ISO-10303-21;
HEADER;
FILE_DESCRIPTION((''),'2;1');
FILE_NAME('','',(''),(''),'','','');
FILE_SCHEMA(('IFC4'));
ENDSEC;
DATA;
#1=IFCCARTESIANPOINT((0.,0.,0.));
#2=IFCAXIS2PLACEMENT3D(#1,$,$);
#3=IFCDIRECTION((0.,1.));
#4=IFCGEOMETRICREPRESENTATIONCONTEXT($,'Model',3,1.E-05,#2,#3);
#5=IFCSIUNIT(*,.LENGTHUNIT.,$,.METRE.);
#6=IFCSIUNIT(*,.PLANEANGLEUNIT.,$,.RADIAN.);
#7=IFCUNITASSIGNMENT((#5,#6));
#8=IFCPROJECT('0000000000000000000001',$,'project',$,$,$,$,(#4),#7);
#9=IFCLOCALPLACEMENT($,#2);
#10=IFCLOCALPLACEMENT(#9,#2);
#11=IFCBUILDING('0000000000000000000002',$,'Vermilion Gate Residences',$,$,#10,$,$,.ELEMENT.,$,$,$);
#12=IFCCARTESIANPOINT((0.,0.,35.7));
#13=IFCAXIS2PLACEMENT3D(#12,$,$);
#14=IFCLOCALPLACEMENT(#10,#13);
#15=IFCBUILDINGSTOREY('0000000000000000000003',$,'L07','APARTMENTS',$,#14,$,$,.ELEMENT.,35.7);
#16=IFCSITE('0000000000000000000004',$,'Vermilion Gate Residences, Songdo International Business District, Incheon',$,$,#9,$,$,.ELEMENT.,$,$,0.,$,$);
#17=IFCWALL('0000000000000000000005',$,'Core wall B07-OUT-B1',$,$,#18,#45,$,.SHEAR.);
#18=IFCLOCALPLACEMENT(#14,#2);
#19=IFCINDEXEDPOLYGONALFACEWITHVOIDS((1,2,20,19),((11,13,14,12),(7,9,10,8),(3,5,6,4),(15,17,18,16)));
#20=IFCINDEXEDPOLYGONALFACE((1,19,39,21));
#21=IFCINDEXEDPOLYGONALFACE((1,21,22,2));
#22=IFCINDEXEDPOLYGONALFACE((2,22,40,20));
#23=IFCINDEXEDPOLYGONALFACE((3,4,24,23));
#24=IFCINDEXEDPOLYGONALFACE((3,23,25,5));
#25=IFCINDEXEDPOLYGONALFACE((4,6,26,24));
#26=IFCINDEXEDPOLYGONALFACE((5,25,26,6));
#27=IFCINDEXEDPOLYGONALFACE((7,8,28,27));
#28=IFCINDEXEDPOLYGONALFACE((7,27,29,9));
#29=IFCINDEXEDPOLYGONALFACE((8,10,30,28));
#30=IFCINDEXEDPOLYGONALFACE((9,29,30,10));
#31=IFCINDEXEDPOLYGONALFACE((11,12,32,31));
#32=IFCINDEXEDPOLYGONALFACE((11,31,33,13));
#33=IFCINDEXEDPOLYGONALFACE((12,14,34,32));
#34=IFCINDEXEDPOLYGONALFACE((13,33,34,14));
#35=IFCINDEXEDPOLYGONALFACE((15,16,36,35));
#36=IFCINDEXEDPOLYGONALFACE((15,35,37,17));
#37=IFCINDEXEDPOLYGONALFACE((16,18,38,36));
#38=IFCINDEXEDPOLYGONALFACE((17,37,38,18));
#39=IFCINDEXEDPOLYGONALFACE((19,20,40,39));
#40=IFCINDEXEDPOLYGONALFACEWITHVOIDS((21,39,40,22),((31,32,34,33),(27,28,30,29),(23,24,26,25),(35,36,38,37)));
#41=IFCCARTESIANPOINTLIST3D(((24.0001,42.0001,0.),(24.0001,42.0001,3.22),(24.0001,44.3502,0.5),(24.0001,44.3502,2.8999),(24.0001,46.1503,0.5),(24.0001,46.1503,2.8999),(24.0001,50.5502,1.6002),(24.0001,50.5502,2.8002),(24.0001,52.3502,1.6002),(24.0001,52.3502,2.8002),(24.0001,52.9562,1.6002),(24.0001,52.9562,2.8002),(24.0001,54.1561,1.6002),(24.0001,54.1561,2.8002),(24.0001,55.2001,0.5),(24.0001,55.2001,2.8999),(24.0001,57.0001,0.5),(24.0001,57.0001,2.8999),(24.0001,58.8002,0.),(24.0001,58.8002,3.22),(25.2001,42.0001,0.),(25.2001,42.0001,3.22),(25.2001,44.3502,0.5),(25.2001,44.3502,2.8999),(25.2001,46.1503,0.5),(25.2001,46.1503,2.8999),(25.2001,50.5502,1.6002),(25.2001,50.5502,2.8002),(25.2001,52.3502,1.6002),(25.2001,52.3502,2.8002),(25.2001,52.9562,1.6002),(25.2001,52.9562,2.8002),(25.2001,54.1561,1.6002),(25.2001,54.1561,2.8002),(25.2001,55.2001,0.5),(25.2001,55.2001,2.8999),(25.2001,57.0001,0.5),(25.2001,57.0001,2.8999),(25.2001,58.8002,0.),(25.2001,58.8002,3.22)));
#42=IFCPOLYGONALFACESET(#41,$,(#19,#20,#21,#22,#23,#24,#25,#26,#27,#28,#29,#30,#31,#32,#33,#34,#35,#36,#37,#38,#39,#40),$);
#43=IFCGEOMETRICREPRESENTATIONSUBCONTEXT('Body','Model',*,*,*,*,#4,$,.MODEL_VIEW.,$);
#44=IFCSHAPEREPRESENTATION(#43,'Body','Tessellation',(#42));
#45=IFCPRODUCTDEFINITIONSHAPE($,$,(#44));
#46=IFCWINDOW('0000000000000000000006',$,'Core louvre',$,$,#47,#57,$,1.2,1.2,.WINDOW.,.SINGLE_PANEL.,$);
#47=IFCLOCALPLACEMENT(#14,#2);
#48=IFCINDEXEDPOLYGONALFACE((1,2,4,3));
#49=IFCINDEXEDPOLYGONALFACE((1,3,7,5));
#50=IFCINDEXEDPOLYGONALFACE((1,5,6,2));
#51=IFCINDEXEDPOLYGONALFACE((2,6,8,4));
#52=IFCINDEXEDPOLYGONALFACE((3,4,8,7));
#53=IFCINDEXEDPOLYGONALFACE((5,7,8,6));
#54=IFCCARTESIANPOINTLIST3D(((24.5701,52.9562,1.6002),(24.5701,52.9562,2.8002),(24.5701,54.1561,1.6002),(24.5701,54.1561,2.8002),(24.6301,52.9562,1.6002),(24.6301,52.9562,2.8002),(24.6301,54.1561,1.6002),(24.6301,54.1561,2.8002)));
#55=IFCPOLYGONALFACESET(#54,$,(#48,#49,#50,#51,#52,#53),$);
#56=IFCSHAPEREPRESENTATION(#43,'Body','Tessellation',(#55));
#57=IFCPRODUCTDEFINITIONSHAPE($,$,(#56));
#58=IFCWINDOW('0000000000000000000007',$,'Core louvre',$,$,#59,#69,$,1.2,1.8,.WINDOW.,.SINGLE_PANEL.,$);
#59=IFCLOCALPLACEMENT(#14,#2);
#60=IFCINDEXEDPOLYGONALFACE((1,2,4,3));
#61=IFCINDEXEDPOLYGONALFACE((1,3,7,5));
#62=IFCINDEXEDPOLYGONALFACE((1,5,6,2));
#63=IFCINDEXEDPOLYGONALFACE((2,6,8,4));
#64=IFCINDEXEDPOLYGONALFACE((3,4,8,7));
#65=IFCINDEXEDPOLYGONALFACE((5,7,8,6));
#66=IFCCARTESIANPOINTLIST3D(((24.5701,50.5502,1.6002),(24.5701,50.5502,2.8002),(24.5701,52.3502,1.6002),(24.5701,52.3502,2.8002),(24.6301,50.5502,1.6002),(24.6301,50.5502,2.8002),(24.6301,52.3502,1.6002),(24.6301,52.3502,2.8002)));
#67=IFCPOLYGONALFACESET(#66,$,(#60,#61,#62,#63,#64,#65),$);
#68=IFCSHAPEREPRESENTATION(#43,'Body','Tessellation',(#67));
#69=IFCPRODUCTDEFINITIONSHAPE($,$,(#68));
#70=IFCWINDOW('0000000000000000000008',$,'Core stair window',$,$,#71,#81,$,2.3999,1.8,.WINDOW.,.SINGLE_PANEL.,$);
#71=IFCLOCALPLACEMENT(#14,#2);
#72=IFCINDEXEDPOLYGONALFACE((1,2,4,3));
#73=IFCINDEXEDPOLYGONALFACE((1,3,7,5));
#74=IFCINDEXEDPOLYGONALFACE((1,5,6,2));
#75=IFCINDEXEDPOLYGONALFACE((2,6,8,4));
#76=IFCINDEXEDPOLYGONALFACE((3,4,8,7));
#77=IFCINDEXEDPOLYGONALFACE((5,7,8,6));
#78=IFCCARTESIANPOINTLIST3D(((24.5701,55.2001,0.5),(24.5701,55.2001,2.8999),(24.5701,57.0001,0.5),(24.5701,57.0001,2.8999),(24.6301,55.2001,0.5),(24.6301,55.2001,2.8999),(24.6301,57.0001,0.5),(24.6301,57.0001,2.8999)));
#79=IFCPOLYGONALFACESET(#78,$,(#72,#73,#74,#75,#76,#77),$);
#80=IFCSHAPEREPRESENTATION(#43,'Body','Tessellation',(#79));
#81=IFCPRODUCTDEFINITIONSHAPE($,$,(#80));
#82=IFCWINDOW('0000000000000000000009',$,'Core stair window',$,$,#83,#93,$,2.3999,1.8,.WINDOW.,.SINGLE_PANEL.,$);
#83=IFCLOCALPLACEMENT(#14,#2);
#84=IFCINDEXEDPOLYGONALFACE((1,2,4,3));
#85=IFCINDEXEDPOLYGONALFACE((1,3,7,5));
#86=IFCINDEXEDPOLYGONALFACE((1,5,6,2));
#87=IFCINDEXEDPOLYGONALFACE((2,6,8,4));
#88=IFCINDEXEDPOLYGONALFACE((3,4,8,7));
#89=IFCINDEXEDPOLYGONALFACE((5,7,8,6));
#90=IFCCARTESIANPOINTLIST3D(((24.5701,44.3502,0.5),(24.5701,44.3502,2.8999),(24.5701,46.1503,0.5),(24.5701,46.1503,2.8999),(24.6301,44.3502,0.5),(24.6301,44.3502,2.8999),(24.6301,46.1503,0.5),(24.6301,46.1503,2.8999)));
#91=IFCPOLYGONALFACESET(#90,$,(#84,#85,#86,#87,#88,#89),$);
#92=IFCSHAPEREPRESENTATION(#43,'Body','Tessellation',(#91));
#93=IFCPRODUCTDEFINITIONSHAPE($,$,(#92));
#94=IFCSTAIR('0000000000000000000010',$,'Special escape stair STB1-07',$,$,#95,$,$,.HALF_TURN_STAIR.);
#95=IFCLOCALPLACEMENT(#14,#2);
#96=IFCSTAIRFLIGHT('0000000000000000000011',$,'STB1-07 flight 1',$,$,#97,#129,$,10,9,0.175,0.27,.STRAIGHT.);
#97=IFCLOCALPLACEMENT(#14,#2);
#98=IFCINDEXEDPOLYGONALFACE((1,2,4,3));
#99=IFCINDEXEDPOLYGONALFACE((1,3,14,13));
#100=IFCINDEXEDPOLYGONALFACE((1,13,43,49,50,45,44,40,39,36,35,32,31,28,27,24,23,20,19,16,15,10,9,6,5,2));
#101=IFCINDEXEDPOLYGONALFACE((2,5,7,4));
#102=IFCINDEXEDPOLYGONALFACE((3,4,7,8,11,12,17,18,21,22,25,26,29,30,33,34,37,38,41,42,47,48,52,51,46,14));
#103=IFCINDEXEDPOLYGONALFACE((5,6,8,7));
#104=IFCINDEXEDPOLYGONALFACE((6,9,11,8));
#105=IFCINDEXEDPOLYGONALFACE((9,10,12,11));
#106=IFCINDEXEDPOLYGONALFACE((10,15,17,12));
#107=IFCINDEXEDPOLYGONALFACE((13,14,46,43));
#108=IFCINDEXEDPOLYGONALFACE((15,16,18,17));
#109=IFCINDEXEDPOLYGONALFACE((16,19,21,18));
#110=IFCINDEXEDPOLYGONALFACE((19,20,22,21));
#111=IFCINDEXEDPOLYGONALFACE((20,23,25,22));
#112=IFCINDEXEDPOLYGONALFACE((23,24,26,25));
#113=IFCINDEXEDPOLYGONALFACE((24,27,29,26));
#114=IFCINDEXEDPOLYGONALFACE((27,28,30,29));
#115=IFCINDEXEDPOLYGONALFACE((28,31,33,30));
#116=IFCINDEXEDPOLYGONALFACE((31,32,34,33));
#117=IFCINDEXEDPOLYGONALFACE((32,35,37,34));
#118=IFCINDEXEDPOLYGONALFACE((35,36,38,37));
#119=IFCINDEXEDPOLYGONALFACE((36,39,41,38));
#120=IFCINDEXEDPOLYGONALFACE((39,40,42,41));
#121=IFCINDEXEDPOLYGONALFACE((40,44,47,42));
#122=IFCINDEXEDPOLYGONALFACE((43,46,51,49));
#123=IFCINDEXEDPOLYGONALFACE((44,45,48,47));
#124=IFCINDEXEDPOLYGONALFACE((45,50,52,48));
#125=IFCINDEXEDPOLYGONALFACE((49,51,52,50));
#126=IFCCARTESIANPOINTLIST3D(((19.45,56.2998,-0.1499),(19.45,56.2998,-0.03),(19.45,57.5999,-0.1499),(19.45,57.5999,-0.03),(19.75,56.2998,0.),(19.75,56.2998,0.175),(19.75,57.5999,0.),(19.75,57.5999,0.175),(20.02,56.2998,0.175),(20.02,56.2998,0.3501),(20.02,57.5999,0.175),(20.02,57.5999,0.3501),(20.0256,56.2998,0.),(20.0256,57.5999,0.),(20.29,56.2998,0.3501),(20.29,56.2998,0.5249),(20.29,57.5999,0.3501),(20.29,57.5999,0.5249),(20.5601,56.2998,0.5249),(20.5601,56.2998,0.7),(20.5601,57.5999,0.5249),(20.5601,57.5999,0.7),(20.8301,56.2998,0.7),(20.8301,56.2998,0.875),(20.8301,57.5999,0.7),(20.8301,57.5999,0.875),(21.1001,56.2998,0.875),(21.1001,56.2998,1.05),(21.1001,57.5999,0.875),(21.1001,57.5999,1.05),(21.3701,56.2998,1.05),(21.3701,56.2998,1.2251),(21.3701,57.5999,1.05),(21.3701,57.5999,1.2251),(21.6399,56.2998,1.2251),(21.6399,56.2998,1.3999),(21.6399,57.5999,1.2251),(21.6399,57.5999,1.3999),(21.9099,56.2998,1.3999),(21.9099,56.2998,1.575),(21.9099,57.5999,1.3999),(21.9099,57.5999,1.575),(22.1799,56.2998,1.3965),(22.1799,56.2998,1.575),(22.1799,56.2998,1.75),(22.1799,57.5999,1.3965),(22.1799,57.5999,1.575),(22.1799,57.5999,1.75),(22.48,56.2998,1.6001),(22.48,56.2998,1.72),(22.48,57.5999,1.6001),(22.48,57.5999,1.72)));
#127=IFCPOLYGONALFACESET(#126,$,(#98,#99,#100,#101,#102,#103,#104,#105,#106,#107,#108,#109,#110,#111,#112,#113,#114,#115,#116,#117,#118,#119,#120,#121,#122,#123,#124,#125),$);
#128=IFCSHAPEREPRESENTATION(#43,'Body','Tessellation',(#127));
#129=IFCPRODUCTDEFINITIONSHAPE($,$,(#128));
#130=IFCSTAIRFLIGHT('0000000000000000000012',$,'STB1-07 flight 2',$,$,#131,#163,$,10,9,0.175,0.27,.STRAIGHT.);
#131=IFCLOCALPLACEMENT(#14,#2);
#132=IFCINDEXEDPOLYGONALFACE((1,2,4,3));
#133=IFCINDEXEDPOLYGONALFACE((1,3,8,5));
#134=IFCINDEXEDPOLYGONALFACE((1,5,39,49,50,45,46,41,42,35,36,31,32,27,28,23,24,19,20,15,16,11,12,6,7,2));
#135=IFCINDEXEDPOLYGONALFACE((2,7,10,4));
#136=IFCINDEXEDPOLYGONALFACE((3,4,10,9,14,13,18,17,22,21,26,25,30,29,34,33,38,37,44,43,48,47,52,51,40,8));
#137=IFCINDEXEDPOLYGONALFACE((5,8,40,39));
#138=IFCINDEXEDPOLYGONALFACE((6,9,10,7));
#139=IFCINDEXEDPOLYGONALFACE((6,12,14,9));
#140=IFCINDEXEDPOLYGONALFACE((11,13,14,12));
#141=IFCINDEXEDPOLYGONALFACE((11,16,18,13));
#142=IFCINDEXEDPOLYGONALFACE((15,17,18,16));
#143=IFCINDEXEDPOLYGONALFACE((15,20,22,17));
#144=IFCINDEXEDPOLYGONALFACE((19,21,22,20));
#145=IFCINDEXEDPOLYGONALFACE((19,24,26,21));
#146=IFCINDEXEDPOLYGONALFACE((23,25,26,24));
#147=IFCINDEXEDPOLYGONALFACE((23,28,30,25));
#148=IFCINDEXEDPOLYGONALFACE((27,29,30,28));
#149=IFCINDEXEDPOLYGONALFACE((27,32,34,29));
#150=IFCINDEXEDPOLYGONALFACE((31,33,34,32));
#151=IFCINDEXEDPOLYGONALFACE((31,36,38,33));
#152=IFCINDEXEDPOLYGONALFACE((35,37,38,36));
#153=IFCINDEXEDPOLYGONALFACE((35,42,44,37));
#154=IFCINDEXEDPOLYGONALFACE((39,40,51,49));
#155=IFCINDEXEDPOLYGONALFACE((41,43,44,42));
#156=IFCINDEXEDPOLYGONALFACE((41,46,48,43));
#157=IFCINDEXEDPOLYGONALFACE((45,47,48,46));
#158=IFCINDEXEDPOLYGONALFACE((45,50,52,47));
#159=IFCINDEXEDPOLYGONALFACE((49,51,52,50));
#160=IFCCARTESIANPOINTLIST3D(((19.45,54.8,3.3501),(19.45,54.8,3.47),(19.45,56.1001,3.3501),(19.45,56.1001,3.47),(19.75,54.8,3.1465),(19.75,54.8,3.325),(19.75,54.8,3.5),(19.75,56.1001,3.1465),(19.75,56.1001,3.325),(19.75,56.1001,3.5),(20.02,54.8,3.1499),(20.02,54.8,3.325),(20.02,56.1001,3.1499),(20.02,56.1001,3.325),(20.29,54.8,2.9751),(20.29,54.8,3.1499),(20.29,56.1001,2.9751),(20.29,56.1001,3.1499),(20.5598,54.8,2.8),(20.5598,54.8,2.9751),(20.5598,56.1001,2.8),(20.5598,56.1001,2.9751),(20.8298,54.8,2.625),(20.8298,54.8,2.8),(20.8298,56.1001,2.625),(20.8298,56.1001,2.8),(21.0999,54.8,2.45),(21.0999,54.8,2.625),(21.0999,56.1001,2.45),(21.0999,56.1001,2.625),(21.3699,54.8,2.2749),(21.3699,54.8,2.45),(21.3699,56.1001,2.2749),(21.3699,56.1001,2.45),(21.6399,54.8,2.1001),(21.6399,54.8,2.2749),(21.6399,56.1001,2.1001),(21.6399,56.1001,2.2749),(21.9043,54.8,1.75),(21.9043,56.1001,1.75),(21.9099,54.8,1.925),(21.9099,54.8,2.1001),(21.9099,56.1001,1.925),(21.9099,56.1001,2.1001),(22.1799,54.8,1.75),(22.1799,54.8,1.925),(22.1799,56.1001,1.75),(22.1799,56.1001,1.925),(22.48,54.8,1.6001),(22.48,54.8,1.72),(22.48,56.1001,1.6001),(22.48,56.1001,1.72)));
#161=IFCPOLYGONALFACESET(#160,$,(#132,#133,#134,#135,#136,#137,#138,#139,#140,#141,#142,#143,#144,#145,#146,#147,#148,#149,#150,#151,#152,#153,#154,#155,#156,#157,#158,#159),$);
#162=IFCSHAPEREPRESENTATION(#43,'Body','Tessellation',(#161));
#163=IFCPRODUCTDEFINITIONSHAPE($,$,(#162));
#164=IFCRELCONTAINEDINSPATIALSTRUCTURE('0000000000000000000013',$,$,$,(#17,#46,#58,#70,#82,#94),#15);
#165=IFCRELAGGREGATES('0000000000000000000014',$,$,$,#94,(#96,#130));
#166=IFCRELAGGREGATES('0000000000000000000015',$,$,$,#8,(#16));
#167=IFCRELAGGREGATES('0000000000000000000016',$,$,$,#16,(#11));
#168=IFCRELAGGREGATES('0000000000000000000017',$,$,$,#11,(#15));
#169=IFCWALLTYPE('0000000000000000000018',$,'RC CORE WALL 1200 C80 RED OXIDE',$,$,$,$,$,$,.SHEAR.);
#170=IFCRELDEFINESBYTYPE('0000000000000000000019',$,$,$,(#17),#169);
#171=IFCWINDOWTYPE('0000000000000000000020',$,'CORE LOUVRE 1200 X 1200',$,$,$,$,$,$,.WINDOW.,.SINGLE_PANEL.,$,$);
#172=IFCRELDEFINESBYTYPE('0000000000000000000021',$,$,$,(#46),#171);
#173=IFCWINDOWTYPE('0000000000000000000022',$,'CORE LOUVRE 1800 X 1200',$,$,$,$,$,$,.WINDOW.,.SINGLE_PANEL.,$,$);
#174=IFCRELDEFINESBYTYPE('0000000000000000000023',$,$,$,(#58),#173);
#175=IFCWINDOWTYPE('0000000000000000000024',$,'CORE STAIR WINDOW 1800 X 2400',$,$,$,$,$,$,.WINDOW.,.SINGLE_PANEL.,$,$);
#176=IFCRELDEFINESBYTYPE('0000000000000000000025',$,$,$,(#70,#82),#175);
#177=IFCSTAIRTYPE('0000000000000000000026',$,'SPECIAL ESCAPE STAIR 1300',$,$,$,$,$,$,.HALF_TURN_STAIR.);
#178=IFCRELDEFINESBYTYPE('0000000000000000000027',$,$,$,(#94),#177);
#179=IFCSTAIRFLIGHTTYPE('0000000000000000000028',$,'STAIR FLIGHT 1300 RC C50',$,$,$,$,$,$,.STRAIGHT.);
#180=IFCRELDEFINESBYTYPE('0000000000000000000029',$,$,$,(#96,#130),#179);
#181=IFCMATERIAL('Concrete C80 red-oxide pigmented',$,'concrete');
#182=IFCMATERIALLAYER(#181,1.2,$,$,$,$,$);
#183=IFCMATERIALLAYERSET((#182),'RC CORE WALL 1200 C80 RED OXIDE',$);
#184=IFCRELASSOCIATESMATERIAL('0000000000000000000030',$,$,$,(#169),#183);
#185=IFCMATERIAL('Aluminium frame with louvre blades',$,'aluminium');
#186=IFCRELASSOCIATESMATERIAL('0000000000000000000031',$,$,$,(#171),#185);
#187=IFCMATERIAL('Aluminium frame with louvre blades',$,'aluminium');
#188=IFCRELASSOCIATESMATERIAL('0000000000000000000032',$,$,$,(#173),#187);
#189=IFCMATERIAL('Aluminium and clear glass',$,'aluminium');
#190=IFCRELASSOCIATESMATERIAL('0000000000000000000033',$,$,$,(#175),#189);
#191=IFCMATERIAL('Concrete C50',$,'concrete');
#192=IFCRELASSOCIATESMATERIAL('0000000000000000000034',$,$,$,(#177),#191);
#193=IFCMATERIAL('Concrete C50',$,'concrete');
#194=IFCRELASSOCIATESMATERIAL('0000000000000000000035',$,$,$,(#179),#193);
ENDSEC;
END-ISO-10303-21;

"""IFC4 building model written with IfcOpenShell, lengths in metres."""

from ifc_helpers import new_model, si_unit, direction, frame, frame_2d, origin, place, context, subcontext, project, spatial, polyline, rectangle, outline, extrude, material, layer, layer_set, type_object, element, fill, aggregate, save


model = new_model("IFC4")

# Units and contexts
model_context = context("Model", 3, precision=1e-05, world=origin(), true_north=direction((0.0, 1.0)))
body_context = subcontext(model_context, "Body", "Model", "MODEL_VIEW")
ifc_project = project(units=[si_unit("LENGTHUNIT", "METRE"), si_unit("PLANEANGLEUNIT", "RADIAN")], contexts=[model_context])

# Site, building, storey
site_placement = place(None, origin())
site = spatial("IfcSite", under=ifc_project, at=site_placement, Name="Vermilion Gate Residences, Songdo International Business District, Incheon", CompositionType="ELEMENT", RefElevation=0.0)
building_placement = place(site_placement, origin())
building = spatial("IfcBuilding", under=site, at=building_placement, Name="Vermilion Gate Residences", CompositionType="ELEMENT")
storey_placement = place(building_placement, frame((0.0, 0.0, 35.7)))
storey = spatial("IfcBuildingStorey", under=building, at=storey_placement, Name="L07", Description="APARTMENTS", CompositionType="ELEMENT", Elevation=35.7)

# Wall, openings, windows
ifc_material_1 = material(Name="Concrete C80 red-oxide pigmented", Category="concrete")
ifc_layer_1 = layer(ifc_material_1, 1.2)
ifc_layer_set_1 = layer_set([ifc_layer_1], Name="RC CORE WALL 1200 C80 RED OXIDE")
wall_type_1 = type_object("IfcWallType", Name="RC CORE WALL 1200 C80 RED OXIDE", PredefinedType="SHEAR", material=ifc_layer_set_1)
wall_1_placement = place(storey_placement, frame((24.6001, 58.8, 0.0), z_axis=(0.0, 0.0, 1.0), x_axis=(0.0, -1.0, 0.0)))
wall_1 = element("IfcWall", 1, at=wall_1_placement, inside=storey, type_object=wall_type_1, Name="Core wall B07-OUT-B1", PredefinedType="SHEAR", context=body_context, shape_type="SweptSolid", body=[
    extrude(rectangle(XDim=16.8, YDim=1.2, at=frame_2d((8.3999, 0.0))), origin(), (0.0, 0.0, 1.0), 3.22),
])
opening_1_placement = place(wall_1_placement, frame((1.8, 0.0, 0.5)))
opening_1 = element("IfcOpeningElement", 2, at=opening_1_placement, cuts=wall_1, PredefinedType="OPENING", context=body_context, shape_type="SweptSolid", body=[
    extrude(rectangle(XDim=1.8, YDim=2.3999, at=frame_2d((0.8999, 1.2))), frame((0.0, 0.6099, 0.0), z_axis=(0.0, -1.0, 0.0), x_axis=(1.0, 0.0, 0.0)), (0.0, 0.0, 1.0), 1.22),
])
opening_2_placement = place(wall_1_placement, frame((4.6438, 0.0, 1.6001)))
opening_2 = element("IfcOpeningElement", 3, at=opening_2_placement, cuts=wall_1, PredefinedType="OPENING", context=body_context, shape_type="SweptSolid", body=[
    extrude(rectangle(XDim=1.2, YDim=1.2, at=frame_2d((0.6001, 0.6001))), frame((0.0, 0.6099, 0.0), z_axis=(0.0, -1.0, 0.0), x_axis=(1.0, 0.0, 0.0)), (0.0, 0.0, 1.0), 1.22),
])
opening_3_placement = place(wall_1_placement, frame((6.45, 0.0, 1.6001)))
opening_3 = element("IfcOpeningElement", 4, at=opening_3_placement, cuts=wall_1, PredefinedType="OPENING", context=body_context, shape_type="SweptSolid", body=[
    extrude(rectangle(XDim=1.8, YDim=1.2, at=frame_2d((0.8999, 0.6001))), frame((0.0, 0.6099, 0.0), z_axis=(0.0, -1.0, 0.0), x_axis=(1.0, 0.0, 0.0)), (0.0, 0.0, 1.0), 1.22),
])
opening_4_placement = place(wall_1_placement, frame((12.6499, 0.0, 0.5)))
opening_4 = element("IfcOpeningElement", 5, at=opening_4_placement, cuts=wall_1, PredefinedType="OPENING", context=body_context, shape_type="SweptSolid", body=[
    extrude(rectangle(XDim=1.8, YDim=2.3999, at=frame_2d((0.8999, 1.2))), frame((0.0, 0.6099, 0.0), z_axis=(0.0, -1.0, 0.0), x_axis=(1.0, 0.0, 0.0)), (0.0, 0.0, 1.0), 1.22),
])
ifc_material_2 = material(Name="Aluminium frame with louvre blades", Category="aluminium")
window_type_1 = type_object("IfcWindowType", Name="CORE LOUVRE 1200 X 1200", PartitioningType="SINGLE_PANEL", PredefinedType="WINDOW", material=ifc_material_2)
window_1_placement = place(opening_2_placement, origin())
window_1 = element("IfcWindow", 6, at=window_1_placement, inside=storey, type_object=window_type_1, Name="Core louvre", OverallHeight=1.2, OverallWidth=1.2, PartitioningType="SINGLE_PANEL", PredefinedType="WINDOW", context=body_context, shape_type="SweptSolid", body=[
    extrude(rectangle(XDim=1.2, YDim=1.2, at=frame_2d((0.6001, 0.6001))), frame((0.0, 0.03, 0.0), z_axis=(0.0, -1.0, 0.0), x_axis=(1.0, 0.0, 0.0)), (0.0, 0.0, 1.0), 0.0601),
])
fill(opening_2, window_1)
ifc_material_3 = material(Name="Aluminium frame with louvre blades", Category="aluminium")
window_type_2 = type_object("IfcWindowType", Name="CORE LOUVRE 1800 X 1200", PartitioningType="SINGLE_PANEL", PredefinedType="WINDOW", material=ifc_material_3)
window_2_placement = place(opening_3_placement, origin())
window_2 = element("IfcWindow", 7, at=window_2_placement, inside=storey, type_object=window_type_2, Name="Core louvre", OverallHeight=1.2, OverallWidth=1.8, PartitioningType="SINGLE_PANEL", PredefinedType="WINDOW", context=body_context, shape_type="SweptSolid", body=[
    extrude(rectangle(XDim=1.8, YDim=1.2, at=frame_2d((0.8999, 0.6001))), frame((0.0, 0.03, 0.0), z_axis=(0.0, -1.0, 0.0), x_axis=(1.0, 0.0, 0.0)), (0.0, 0.0, 1.0), 0.0601),
])
fill(opening_3, window_2)
ifc_material_4 = material(Name="Aluminium and clear glass", Category="aluminium")
window_type_3 = type_object("IfcWindowType", Name="CORE STAIR WINDOW 1800 X 2400", PartitioningType="SINGLE_PANEL", PredefinedType="WINDOW", material=ifc_material_4)
window_3_placement = place(opening_1_placement, origin())
window_3 = element("IfcWindow", 8, at=window_3_placement, inside=storey, type_object=window_type_3, Name="Core stair window", OverallHeight=2.3999, OverallWidth=1.8, PartitioningType="SINGLE_PANEL", PredefinedType="WINDOW", context=body_context, shape_type="SweptSolid", body=[
    extrude(rectangle(XDim=1.8, YDim=2.3999, at=frame_2d((0.8999, 1.2))), frame((0.0, 0.03, 0.0), z_axis=(0.0, -1.0, 0.0), x_axis=(1.0, 0.0, 0.0)), (0.0, 0.0, 1.0), 0.0601),
])
fill(opening_1, window_3)
window_4_placement = place(opening_4_placement, origin())
window_4 = element("IfcWindow", 9, at=window_4_placement, inside=storey, type_object=window_type_3, Name="Core stair window", OverallHeight=2.3999, OverallWidth=1.8, PartitioningType="SINGLE_PANEL", PredefinedType="WINDOW", context=body_context, shape_type="SweptSolid", body=[
    extrude(rectangle(XDim=1.8, YDim=2.3999, at=frame_2d((0.8999, 1.2))), frame((0.0, 0.03, 0.0), z_axis=(0.0, -1.0, 0.0), x_axis=(1.0, 0.0, 0.0)), (0.0, 0.0, 1.0), 0.0601),
])
fill(opening_4, window_4)

# Stair, stair flights
ifc_material_5 = material(Name="Concrete C50", Category="concrete")
stair_type = type_object("IfcStairType", Name="SPECIAL ESCAPE STAIR 1300", PredefinedType="HALF_TURN_STAIR", material=ifc_material_5)
stair_placement = place(storey_placement, origin())
stair = element("IfcStair", 10, at=stair_placement, inside=storey, type_object=stair_type, Name="Special escape stair STB1-07", PredefinedType="HALF_TURN_STAIR")
ifc_material_6 = material(Name="Concrete C50", Category="concrete")
stair_flight_type = type_object("IfcStairFlightType", Name="STAIR FLIGHT 1300 RC C50", PredefinedType="STRAIGHT", material=ifc_material_6)
stair_flight_1_placement = place(storey_placement, frame((19.75, 56.95, 0.0), z_axis=(0.0, 0.0, 1.0), x_axis=(1.0, 0.0, 0.0)))
stair_flight_1 = element("IfcStairFlight", 11, at=stair_flight_1_placement, type_object=stair_flight_type, Name="STB1-07 flight 1", NumberOfRisers=10, NumberOfTreads=9, PredefinedType="STRAIGHT", RiserHeight=0.175, TreadLength=0.27, context=body_context, shape_type="SweptSolid", body=[
    extrude(outline(polyline([(-0.3, -0.1499), (-0.3, -0.03), (0.0, 0.0), (0.0, 0.175), (0.27, 0.175), (0.27, 0.3501), (0.54, 0.3501), (0.54, 0.5249), (0.8101, 0.5249), (0.8101, 0.7), (1.0801, 0.7), (1.0801, 0.875), (1.3501, 0.875), (1.3501, 1.05), (1.6201, 1.05), (1.6201, 1.2251), (1.8899, 1.2251), (1.8899, 1.3999), (2.1599, 1.3999), (2.1599, 1.575), (2.4299, 1.575), (2.4299, 1.75), (2.73, 1.72), (2.73, 1.6001), (2.4299, 1.3965), (0.2756, 0.0), (-0.3, -0.1499)])), frame((0.0, 0.6499, 0.0), z_axis=(0.0, -1.0, 0.0), x_axis=(1.0, 0.0, 0.0)), (0.0, 0.0, 1.0), 1.3),
])
stair_flight_2_placement = place(storey_placement, frame((22.1799, 55.45, 1.75), z_axis=(0.0, 0.0, 1.0), x_axis=(-1.0, 0.0, 0.0)))
stair_flight_2 = element("IfcStairFlight", 12, at=stair_flight_2_placement, type_object=stair_flight_type, Name="STB1-07 flight 2", NumberOfRisers=10, NumberOfTreads=9, PredefinedType="STRAIGHT", RiserHeight=0.175, TreadLength=0.27, context=body_context, shape_type="SweptSolid", body=[
    extrude(outline(polyline([(-0.3, -0.1499), (-0.3, -0.03), (0.0, 0.0), (0.0, 0.175), (0.27, 0.175), (0.27, 0.3501), (0.54, 0.3501), (0.54, 0.5249), (0.8101, 0.5249), (0.8101, 0.7), (1.0801, 0.7), (1.0801, 0.875), (1.3501, 0.875), (1.3501, 1.05), (1.6201, 1.05), (1.6201, 1.2251), (1.8899, 1.2251), (1.8899, 1.3999), (2.1599, 1.3999), (2.1599, 1.575), (2.4299, 1.575), (2.4299, 1.75), (2.73, 1.72), (2.73, 1.6001), (2.4299, 1.3965), (0.2756, 0.0), (-0.3, -0.1499)])), frame((0.0, 0.6499, 0.0), z_axis=(0.0, -1.0, 0.0), x_axis=(1.0, 0.0, 0.0)), (0.0, 0.0, 1.0), 1.3),
])
aggregate(stair, [stair_flight_1, stair_flight_2])

save(model, "model.ifc")
